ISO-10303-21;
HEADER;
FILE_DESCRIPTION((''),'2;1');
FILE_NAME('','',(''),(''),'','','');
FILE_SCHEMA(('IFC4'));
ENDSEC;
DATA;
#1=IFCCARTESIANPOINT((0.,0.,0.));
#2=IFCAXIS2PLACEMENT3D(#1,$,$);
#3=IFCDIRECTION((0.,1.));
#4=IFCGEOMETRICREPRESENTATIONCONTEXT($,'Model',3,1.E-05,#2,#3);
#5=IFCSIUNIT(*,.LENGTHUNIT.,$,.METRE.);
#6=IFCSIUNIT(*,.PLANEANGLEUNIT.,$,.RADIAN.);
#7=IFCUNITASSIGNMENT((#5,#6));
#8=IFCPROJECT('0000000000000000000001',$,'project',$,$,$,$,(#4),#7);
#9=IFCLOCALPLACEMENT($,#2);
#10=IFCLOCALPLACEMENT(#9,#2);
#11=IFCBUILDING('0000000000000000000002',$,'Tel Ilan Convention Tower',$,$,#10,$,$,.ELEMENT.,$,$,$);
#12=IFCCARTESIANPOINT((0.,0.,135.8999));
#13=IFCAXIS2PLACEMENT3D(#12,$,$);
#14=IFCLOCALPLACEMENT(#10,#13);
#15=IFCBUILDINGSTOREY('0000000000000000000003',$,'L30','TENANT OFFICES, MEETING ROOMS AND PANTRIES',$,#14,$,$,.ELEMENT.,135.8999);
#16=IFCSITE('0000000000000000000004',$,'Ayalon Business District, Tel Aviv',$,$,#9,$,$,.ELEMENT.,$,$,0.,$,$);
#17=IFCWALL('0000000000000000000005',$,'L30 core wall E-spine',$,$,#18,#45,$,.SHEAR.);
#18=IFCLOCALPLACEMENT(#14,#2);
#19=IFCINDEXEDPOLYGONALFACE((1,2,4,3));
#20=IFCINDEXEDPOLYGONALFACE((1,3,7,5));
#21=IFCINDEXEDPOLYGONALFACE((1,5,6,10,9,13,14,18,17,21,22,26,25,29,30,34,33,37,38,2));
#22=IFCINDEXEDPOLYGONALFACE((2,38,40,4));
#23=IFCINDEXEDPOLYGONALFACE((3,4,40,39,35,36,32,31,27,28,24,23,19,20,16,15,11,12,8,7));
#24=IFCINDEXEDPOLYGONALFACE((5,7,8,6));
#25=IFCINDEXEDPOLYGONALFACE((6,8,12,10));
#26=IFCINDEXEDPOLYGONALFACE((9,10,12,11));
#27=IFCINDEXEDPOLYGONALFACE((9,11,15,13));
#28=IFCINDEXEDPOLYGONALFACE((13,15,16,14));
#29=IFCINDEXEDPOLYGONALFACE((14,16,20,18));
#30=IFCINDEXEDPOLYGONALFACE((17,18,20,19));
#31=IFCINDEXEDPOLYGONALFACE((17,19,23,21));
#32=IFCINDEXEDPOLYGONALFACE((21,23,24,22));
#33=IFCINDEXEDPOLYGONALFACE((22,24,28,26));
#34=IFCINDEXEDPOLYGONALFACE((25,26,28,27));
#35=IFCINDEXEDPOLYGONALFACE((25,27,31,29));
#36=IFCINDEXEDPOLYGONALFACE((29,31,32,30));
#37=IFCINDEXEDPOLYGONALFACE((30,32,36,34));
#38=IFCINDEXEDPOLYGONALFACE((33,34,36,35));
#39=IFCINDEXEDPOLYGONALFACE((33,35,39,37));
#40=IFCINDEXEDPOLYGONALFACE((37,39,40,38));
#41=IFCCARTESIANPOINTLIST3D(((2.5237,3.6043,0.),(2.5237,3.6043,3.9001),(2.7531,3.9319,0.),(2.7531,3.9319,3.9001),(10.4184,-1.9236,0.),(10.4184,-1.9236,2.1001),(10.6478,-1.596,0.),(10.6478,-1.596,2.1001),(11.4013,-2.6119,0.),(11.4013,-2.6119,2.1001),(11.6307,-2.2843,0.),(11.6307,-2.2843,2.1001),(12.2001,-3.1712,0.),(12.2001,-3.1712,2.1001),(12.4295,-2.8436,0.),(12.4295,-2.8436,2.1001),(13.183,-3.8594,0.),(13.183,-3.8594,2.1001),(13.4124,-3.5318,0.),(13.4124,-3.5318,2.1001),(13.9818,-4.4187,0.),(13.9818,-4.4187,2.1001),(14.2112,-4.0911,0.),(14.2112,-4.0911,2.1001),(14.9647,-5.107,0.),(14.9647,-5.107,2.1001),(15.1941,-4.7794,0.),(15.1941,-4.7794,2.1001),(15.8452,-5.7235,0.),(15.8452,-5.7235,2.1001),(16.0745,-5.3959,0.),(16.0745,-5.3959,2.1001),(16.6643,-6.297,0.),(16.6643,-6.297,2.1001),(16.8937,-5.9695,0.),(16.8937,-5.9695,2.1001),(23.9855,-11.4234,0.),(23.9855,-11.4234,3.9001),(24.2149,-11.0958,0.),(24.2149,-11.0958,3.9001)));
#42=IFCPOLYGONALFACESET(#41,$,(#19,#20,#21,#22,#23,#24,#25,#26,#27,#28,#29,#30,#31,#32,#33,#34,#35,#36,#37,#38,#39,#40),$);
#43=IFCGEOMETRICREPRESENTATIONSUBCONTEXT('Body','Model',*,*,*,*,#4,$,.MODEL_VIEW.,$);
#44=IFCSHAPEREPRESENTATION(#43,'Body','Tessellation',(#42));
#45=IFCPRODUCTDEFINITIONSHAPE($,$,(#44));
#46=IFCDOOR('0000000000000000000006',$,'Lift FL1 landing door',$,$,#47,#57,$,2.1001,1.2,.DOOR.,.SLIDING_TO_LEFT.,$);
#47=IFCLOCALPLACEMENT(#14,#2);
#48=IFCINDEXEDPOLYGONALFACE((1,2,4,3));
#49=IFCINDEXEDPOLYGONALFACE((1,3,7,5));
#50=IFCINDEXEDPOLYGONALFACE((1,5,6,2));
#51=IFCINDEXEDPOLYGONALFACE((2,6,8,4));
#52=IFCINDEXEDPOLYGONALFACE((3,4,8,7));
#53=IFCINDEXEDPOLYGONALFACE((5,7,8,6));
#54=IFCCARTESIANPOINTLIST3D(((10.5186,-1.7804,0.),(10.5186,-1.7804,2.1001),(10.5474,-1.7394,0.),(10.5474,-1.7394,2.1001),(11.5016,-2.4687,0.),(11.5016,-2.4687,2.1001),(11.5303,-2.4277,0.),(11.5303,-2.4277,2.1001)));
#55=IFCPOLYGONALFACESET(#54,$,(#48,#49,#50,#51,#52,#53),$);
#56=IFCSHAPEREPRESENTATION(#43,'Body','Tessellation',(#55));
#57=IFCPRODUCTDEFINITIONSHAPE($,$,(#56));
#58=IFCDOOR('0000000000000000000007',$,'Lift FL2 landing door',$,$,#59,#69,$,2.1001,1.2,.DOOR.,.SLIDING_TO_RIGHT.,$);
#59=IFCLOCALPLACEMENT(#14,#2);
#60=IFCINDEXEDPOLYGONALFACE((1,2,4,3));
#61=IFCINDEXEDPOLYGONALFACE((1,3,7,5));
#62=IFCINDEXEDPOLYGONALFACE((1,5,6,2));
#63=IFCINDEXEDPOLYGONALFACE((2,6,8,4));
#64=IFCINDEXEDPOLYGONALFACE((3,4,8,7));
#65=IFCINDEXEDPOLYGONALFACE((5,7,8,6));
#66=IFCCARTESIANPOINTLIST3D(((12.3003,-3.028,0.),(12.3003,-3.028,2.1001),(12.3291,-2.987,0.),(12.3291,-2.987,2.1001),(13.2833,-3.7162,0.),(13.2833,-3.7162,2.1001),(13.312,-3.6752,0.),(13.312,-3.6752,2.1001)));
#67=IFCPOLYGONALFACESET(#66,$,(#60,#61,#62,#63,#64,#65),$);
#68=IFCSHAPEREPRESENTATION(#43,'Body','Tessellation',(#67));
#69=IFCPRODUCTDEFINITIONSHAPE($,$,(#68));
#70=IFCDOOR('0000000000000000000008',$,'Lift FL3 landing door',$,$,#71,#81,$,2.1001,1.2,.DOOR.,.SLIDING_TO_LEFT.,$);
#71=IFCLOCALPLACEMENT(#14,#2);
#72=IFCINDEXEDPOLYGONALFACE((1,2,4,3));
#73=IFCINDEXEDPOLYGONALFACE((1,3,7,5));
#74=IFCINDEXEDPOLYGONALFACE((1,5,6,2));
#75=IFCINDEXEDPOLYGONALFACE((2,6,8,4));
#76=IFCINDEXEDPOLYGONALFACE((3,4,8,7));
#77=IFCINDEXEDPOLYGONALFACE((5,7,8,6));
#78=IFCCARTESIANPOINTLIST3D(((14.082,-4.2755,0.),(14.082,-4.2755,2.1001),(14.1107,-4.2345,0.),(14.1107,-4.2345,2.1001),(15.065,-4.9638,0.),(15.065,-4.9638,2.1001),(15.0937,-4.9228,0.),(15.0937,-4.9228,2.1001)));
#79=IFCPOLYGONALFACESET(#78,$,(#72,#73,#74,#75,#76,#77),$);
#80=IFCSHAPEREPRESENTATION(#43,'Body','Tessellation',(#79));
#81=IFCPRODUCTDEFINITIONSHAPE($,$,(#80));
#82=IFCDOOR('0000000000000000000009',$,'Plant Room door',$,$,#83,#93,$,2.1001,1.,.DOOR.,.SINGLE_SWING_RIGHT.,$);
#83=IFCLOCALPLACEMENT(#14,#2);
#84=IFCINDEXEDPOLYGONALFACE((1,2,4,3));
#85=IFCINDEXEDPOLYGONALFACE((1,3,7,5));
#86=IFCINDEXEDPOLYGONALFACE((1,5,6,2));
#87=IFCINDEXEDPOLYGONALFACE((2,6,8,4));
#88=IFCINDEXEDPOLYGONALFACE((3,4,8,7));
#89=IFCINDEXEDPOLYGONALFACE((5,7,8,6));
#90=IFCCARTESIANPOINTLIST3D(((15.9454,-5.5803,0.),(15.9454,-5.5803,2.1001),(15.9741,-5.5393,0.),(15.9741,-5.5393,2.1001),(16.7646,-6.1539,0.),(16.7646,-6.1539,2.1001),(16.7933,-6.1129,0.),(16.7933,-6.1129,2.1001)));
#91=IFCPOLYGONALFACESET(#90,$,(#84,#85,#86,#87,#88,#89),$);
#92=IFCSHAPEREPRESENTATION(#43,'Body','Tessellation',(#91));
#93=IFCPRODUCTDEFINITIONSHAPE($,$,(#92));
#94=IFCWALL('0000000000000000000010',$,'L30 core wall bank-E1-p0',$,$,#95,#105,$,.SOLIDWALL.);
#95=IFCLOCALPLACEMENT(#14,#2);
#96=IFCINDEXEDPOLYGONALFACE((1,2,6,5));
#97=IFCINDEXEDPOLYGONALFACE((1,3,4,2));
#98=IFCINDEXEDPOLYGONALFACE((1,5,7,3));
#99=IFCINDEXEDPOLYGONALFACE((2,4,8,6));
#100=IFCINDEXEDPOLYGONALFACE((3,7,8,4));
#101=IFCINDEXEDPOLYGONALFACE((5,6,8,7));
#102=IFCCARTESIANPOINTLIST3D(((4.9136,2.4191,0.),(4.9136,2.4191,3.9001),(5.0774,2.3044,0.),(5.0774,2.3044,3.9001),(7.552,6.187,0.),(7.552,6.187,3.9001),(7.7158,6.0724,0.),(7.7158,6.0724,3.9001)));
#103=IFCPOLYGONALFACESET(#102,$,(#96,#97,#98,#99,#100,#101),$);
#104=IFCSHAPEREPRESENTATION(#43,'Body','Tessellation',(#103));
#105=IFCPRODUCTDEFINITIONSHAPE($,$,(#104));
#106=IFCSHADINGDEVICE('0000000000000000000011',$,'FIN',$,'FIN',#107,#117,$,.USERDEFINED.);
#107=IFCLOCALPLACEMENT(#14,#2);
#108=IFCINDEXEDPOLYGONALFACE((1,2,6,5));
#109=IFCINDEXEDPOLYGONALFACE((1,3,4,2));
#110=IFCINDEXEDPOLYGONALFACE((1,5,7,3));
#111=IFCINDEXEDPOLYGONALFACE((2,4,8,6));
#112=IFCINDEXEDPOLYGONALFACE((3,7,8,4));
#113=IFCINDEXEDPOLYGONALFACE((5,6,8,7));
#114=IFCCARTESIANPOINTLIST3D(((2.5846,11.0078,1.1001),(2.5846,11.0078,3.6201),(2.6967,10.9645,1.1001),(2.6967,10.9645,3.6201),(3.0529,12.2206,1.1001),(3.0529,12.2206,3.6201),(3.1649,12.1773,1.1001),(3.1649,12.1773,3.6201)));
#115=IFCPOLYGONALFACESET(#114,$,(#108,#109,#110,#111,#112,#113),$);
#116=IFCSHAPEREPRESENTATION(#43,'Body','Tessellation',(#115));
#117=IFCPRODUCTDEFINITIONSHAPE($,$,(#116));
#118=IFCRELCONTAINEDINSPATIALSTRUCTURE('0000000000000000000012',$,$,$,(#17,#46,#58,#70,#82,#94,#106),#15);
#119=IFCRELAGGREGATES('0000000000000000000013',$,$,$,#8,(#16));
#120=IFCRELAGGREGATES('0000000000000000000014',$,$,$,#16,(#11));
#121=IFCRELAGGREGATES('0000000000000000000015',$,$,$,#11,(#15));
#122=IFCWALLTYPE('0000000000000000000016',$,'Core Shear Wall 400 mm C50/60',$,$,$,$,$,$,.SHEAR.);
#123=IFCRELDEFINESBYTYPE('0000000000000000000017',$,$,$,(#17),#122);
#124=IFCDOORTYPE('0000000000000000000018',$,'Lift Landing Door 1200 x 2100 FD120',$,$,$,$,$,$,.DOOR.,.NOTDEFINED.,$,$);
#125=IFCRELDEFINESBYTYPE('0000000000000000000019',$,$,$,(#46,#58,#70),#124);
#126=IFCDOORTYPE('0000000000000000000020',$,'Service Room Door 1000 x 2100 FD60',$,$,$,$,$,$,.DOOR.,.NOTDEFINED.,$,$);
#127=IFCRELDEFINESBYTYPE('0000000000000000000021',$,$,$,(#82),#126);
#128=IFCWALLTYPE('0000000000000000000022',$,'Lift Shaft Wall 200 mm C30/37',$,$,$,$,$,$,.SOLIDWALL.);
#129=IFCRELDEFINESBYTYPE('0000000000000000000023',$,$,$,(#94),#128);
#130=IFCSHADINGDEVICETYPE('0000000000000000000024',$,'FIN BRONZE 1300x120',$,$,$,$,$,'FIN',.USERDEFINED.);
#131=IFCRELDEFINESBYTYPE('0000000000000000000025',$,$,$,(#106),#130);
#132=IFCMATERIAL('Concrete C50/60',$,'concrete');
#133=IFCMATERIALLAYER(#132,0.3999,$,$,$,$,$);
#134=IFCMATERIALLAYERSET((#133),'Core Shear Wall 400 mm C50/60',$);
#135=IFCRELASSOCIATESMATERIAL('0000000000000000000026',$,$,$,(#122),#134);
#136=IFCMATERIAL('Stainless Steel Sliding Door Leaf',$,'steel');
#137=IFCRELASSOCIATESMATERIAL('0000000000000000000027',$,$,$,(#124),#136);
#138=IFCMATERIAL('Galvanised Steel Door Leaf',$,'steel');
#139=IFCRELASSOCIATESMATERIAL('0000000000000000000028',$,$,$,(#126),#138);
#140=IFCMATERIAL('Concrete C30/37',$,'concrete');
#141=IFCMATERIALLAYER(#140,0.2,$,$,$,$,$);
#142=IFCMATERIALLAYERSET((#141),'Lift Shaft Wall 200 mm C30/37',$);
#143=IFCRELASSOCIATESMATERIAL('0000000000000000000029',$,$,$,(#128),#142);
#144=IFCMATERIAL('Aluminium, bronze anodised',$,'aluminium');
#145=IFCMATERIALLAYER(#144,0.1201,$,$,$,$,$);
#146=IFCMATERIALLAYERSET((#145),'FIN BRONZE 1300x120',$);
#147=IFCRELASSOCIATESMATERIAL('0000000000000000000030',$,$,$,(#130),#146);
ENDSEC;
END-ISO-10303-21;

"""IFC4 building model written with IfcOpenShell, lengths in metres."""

from ifc_helpers import new_model, si_unit, direction, frame, frame_2d, origin, origin_2d, place, context, subcontext, project, spatial, polyline, rectangle, outline, extrude, material, layer, layer_set, type_object, element, fill, save


model = new_model("IFC4")

# Units and contexts
model_context = context("Model", 3, precision=1e-05, world=origin(), true_north=direction((0.0, 1.0)))
body_context = subcontext(model_context, "Body", "Model", "MODEL_VIEW")
ifc_project = project(units=[si_unit("LENGTHUNIT", "METRE"), si_unit("PLANEANGLEUNIT", "RADIAN")], contexts=[model_context])

# Site, building, storey
site_placement = place(None, origin())
site = spatial("IfcSite", under=ifc_project, at=site_placement, Name="Ayalon Business District, Tel Aviv", CompositionType="ELEMENT", RefElevation=0.0)
building_placement = place(site_placement, origin())
building = spatial("IfcBuilding", under=site, at=building_placement, Name="Tel Ilan Convention Tower", CompositionType="ELEMENT")
storey_placement = place(building_placement, frame((0.0, 0.0, 135.8999)))
storey = spatial("IfcBuildingStorey", under=building, at=storey_placement, Name="L30", Description="TENANT OFFICES, MEETING ROOMS AND PANTRIES", CompositionType="ELEMENT", Elevation=135.8999)

# Wall, openings, doors
ifc_material_1 = material(Name="Concrete C50/60", Category="concrete")
ifc_layer_1 = layer(ifc_material_1, 0.3999)
ifc_layer_set_1 = layer_set([ifc_layer_1], Name="Core Shear Wall 400 mm C50/60")
wall_type_1 = type_object("IfcWallType", Name="Core Shear Wall 400 mm C50/60", PredefinedType="SHEAR", material=ifc_layer_set_1)
wall_1_placement = place(storey_placement, frame((2.6384, 3.7681, 0.0), z_axis=(0.0, 0.0, 1.0), x_axis=(0.819153, -0.573576, 0.0)))
wall_1 = element("IfcWall", 1, at=wall_1_placement, inside=storey, type_object=wall_type_1, Name="L30 core wall E-spine", PredefinedType="SHEAR", context=body_context, shape_type="SweptSolid", body=[
    extrude(outline(polyline([(0.0, 0.2), (0.0, -0.2), (26.2, -0.2), (26.2, 0.2), (0.0, 0.2)])), origin(), (0.0, 0.0, 1.0), 3.9001),
])
opening_1_placement = place(wall_1_placement, frame((9.6375, 0.0, 0.0)))
opening_1 = element("IfcOpeningElement", 2, at=opening_1_placement, cuts=wall_1, PredefinedType="OPENING", context=body_context, shape_type="SweptSolid", body=[
    extrude(rectangle(XDim=1.2, YDim=2.1001, at=frame_2d((0.6001, 1.05))), frame((0.0, 0.21, 0.0), z_axis=(0.0, -1.0, 0.0), x_axis=(1.0, 0.0, 0.0)), (0.0, 0.0, 1.0), 0.4199),
])
opening_2_placement = place(wall_1_placement, frame((11.8125, 0.0, 0.0)))
opening_2 = element("IfcOpeningElement", 3, at=opening_2_placement, cuts=wall_1, PredefinedType="OPENING", context=body_context, shape_type="SweptSolid", body=[
    extrude(rectangle(XDim=1.2, YDim=2.1001, at=frame_2d((0.6001, 1.05))), frame((0.0, 0.21, 0.0), z_axis=(0.0, -1.0, 0.0), x_axis=(1.0, 0.0, 0.0)), (0.0, 0.0, 1.0), 0.4199),
])
opening_3_placement = place(wall_1_placement, frame((13.9875, 0.0, 0.0)))
opening_3 = element("IfcOpeningElement", 4, at=opening_3_placement, cuts=wall_1, PredefinedType="OPENING", context=body_context, shape_type="SweptSolid", body=[
    extrude(rectangle(XDim=1.2, YDim=2.1001, at=frame_2d((0.6001, 1.05))), frame((0.0, 0.21, 0.0), z_axis=(0.0, -1.0, 0.0), x_axis=(1.0, 0.0, 0.0)), (0.0, 0.0, 1.0), 0.4199),
])
opening_4_placement = place(wall_1_placement, frame((16.2625, 0.0, 0.0)))
opening_4 = element("IfcOpeningElement", 5, at=opening_4_placement, cuts=wall_1, PredefinedType="OPENING", context=body_context, shape_type="SweptSolid", body=[
    extrude(rectangle(XDim=1.0, YDim=2.1001, at=frame_2d((0.5, 1.05))), frame((0.0, 0.21, 0.0), z_axis=(0.0, -1.0, 0.0), x_axis=(1.0, 0.0, 0.0)), (0.0, 0.0, 1.0), 0.4199),
])
ifc_material_2 = material(Name="Stainless Steel Sliding Door Leaf", Category="steel")
door_type_1 = type_object("IfcDoorType", Name="Lift Landing Door 1200 x 2100 FD120", OperationType="NOTDEFINED", PredefinedType="DOOR", material=ifc_material_2)
door_1_placement = place(opening_1_placement, origin())
door_1 = element("IfcDoor", 6, at=door_1_placement, inside=storey, type_object=door_type_1, Name="Lift FL1 landing door", OperationType="SLIDING_TO_LEFT", OverallHeight=2.1001, OverallWidth=1.2, PredefinedType="DOOR", context=body_context, shape_type="SweptSolid", body=[
    extrude(rectangle(XDim=1.2, YDim=2.1001, at=frame_2d((0.6001, 1.05))), frame((0.0, 0.0249, 0.0), z_axis=(0.0, -1.0, 0.0), x_axis=(1.0, 0.0, 0.0)), (0.0, 0.0, 1.0), 0.05),
])
fill(opening_1, door_1)
door_2_placement = place(opening_2_placement, origin())
door_2 = element("IfcDoor", 7, at=door_2_placement, inside=storey, type_object=door_type_1, Name="Lift FL2 landing door", OperationType="SLIDING_TO_RIGHT", OverallHeight=2.1001, OverallWidth=1.2, PredefinedType="DOOR", context=body_context, shape_type="SweptSolid", body=[
    extrude(rectangle(XDim=1.2, YDim=2.1001, at=frame_2d((0.6001, 1.05))), frame((0.0, 0.0249, 0.0), z_axis=(0.0, -1.0, 0.0), x_axis=(1.0, 0.0, 0.0)), (0.0, 0.0, 1.0), 0.05),
])
fill(opening_2, door_2)
door_3_placement = place(opening_3_placement, origin())
door_3 = element("IfcDoor", 8, at=door_3_placement, inside=storey, type_object=door_type_1, Name="Lift FL3 landing door", OperationType="SLIDING_TO_LEFT", OverallHeight=2.1001, OverallWidth=1.2, PredefinedType="DOOR", context=body_context, shape_type="SweptSolid", body=[
    extrude(rectangle(XDim=1.2, YDim=2.1001, at=frame_2d((0.6001, 1.05))), frame((0.0, 0.0249, 0.0), z_axis=(0.0, -1.0, 0.0), x_axis=(1.0, 0.0, 0.0)), (0.0, 0.0, 1.0), 0.05),
])
fill(opening_3, door_3)
ifc_material_3 = material(Name="Galvanised Steel Door Leaf", Category="steel")
door_type_2 = type_object("IfcDoorType", Name="Service Room Door 1000 x 2100 FD60", OperationType="NOTDEFINED", PredefinedType="DOOR", material=ifc_material_3)
door_4_placement = place(opening_4_placement, origin())
door_4 = element("IfcDoor", 9, at=door_4_placement, inside=storey, type_object=door_type_2, Name="Plant Room door", OperationType="SINGLE_SWING_RIGHT", OverallHeight=2.1001, OverallWidth=1.0, PredefinedType="DOOR", context=body_context, shape_type="SweptSolid", body=[
    extrude(rectangle(XDim=1.0, YDim=2.1001, at=frame_2d((0.5, 1.05))), frame((0.0, 0.0249, 0.0), z_axis=(0.0, -1.0, 0.0), x_axis=(1.0, 0.0, 0.0)), (0.0, 0.0, 1.0), 0.05),
])
fill(opening_4, door_4)

# Wall
ifc_material_4 = material(Name="Concrete C30/37", Category="concrete")
ifc_layer_2 = layer(ifc_material_4, 0.2)
ifc_layer_set_2 = layer_set([ifc_layer_2], Name="Lift Shaft Wall 200 mm C30/37")
wall_type_2 = type_object("IfcWallType", Name="Lift Shaft Wall 200 mm C30/37", PredefinedType="SOLIDWALL", material=ifc_layer_set_2)
wall_2_placement = place(storey_placement, frame((4.9956, 2.3618, 0.0), z_axis=(0.0, 0.0, 1.0), x_axis=(0.573576, 0.819152, 0.0)))
element("IfcWall", 10, at=wall_2_placement, inside=storey, type_object=wall_type_2, Name="L30 core wall bank-E1-p0", PredefinedType="SOLIDWALL", context=body_context, shape_type="SweptSolid", body=[
    extrude(rectangle(XDim=4.5999, YDim=0.2, at=frame_2d((2.2998, 0.0))), origin(), (0.0, 0.0, 1.0), 3.9001),
])

# Shading device
ifc_material_5 = material(Name="Aluminium, bronze anodised", Category="aluminium")
ifc_layer_3 = layer(ifc_material_5, 0.1201)
ifc_layer_set_3 = layer_set([ifc_layer_3], Name="FIN BRONZE 1300x120")
shading_device_type_1 = type_object("IfcShadingDeviceType", Name="FIN BRONZE 1300x120", ElementType="FIN", PredefinedType="USERDEFINED", material=ifc_layer_set_3)
shading_device_1_placement = place(storey_placement, frame((2.8748, 11.5925, 1.1001), z_axis=(0.0, 0.0, 1.0), x_axis=(0.360178, 0.932884, 0.0)))
element("IfcShadingDevice", 11, at=shading_device_1_placement, inside=storey, type_object=shading_device_type_1, Name="FIN", ObjectType="FIN", PredefinedType="USERDEFINED", context=body_context, shape_type="SweptSolid", body=[
    extrude(rectangle(XDim=1.3, YDim=0.1201, at=origin_2d()), origin(), (0.0, 0.0, 1.0), 2.52),
])

save(model, "model.ifc")
